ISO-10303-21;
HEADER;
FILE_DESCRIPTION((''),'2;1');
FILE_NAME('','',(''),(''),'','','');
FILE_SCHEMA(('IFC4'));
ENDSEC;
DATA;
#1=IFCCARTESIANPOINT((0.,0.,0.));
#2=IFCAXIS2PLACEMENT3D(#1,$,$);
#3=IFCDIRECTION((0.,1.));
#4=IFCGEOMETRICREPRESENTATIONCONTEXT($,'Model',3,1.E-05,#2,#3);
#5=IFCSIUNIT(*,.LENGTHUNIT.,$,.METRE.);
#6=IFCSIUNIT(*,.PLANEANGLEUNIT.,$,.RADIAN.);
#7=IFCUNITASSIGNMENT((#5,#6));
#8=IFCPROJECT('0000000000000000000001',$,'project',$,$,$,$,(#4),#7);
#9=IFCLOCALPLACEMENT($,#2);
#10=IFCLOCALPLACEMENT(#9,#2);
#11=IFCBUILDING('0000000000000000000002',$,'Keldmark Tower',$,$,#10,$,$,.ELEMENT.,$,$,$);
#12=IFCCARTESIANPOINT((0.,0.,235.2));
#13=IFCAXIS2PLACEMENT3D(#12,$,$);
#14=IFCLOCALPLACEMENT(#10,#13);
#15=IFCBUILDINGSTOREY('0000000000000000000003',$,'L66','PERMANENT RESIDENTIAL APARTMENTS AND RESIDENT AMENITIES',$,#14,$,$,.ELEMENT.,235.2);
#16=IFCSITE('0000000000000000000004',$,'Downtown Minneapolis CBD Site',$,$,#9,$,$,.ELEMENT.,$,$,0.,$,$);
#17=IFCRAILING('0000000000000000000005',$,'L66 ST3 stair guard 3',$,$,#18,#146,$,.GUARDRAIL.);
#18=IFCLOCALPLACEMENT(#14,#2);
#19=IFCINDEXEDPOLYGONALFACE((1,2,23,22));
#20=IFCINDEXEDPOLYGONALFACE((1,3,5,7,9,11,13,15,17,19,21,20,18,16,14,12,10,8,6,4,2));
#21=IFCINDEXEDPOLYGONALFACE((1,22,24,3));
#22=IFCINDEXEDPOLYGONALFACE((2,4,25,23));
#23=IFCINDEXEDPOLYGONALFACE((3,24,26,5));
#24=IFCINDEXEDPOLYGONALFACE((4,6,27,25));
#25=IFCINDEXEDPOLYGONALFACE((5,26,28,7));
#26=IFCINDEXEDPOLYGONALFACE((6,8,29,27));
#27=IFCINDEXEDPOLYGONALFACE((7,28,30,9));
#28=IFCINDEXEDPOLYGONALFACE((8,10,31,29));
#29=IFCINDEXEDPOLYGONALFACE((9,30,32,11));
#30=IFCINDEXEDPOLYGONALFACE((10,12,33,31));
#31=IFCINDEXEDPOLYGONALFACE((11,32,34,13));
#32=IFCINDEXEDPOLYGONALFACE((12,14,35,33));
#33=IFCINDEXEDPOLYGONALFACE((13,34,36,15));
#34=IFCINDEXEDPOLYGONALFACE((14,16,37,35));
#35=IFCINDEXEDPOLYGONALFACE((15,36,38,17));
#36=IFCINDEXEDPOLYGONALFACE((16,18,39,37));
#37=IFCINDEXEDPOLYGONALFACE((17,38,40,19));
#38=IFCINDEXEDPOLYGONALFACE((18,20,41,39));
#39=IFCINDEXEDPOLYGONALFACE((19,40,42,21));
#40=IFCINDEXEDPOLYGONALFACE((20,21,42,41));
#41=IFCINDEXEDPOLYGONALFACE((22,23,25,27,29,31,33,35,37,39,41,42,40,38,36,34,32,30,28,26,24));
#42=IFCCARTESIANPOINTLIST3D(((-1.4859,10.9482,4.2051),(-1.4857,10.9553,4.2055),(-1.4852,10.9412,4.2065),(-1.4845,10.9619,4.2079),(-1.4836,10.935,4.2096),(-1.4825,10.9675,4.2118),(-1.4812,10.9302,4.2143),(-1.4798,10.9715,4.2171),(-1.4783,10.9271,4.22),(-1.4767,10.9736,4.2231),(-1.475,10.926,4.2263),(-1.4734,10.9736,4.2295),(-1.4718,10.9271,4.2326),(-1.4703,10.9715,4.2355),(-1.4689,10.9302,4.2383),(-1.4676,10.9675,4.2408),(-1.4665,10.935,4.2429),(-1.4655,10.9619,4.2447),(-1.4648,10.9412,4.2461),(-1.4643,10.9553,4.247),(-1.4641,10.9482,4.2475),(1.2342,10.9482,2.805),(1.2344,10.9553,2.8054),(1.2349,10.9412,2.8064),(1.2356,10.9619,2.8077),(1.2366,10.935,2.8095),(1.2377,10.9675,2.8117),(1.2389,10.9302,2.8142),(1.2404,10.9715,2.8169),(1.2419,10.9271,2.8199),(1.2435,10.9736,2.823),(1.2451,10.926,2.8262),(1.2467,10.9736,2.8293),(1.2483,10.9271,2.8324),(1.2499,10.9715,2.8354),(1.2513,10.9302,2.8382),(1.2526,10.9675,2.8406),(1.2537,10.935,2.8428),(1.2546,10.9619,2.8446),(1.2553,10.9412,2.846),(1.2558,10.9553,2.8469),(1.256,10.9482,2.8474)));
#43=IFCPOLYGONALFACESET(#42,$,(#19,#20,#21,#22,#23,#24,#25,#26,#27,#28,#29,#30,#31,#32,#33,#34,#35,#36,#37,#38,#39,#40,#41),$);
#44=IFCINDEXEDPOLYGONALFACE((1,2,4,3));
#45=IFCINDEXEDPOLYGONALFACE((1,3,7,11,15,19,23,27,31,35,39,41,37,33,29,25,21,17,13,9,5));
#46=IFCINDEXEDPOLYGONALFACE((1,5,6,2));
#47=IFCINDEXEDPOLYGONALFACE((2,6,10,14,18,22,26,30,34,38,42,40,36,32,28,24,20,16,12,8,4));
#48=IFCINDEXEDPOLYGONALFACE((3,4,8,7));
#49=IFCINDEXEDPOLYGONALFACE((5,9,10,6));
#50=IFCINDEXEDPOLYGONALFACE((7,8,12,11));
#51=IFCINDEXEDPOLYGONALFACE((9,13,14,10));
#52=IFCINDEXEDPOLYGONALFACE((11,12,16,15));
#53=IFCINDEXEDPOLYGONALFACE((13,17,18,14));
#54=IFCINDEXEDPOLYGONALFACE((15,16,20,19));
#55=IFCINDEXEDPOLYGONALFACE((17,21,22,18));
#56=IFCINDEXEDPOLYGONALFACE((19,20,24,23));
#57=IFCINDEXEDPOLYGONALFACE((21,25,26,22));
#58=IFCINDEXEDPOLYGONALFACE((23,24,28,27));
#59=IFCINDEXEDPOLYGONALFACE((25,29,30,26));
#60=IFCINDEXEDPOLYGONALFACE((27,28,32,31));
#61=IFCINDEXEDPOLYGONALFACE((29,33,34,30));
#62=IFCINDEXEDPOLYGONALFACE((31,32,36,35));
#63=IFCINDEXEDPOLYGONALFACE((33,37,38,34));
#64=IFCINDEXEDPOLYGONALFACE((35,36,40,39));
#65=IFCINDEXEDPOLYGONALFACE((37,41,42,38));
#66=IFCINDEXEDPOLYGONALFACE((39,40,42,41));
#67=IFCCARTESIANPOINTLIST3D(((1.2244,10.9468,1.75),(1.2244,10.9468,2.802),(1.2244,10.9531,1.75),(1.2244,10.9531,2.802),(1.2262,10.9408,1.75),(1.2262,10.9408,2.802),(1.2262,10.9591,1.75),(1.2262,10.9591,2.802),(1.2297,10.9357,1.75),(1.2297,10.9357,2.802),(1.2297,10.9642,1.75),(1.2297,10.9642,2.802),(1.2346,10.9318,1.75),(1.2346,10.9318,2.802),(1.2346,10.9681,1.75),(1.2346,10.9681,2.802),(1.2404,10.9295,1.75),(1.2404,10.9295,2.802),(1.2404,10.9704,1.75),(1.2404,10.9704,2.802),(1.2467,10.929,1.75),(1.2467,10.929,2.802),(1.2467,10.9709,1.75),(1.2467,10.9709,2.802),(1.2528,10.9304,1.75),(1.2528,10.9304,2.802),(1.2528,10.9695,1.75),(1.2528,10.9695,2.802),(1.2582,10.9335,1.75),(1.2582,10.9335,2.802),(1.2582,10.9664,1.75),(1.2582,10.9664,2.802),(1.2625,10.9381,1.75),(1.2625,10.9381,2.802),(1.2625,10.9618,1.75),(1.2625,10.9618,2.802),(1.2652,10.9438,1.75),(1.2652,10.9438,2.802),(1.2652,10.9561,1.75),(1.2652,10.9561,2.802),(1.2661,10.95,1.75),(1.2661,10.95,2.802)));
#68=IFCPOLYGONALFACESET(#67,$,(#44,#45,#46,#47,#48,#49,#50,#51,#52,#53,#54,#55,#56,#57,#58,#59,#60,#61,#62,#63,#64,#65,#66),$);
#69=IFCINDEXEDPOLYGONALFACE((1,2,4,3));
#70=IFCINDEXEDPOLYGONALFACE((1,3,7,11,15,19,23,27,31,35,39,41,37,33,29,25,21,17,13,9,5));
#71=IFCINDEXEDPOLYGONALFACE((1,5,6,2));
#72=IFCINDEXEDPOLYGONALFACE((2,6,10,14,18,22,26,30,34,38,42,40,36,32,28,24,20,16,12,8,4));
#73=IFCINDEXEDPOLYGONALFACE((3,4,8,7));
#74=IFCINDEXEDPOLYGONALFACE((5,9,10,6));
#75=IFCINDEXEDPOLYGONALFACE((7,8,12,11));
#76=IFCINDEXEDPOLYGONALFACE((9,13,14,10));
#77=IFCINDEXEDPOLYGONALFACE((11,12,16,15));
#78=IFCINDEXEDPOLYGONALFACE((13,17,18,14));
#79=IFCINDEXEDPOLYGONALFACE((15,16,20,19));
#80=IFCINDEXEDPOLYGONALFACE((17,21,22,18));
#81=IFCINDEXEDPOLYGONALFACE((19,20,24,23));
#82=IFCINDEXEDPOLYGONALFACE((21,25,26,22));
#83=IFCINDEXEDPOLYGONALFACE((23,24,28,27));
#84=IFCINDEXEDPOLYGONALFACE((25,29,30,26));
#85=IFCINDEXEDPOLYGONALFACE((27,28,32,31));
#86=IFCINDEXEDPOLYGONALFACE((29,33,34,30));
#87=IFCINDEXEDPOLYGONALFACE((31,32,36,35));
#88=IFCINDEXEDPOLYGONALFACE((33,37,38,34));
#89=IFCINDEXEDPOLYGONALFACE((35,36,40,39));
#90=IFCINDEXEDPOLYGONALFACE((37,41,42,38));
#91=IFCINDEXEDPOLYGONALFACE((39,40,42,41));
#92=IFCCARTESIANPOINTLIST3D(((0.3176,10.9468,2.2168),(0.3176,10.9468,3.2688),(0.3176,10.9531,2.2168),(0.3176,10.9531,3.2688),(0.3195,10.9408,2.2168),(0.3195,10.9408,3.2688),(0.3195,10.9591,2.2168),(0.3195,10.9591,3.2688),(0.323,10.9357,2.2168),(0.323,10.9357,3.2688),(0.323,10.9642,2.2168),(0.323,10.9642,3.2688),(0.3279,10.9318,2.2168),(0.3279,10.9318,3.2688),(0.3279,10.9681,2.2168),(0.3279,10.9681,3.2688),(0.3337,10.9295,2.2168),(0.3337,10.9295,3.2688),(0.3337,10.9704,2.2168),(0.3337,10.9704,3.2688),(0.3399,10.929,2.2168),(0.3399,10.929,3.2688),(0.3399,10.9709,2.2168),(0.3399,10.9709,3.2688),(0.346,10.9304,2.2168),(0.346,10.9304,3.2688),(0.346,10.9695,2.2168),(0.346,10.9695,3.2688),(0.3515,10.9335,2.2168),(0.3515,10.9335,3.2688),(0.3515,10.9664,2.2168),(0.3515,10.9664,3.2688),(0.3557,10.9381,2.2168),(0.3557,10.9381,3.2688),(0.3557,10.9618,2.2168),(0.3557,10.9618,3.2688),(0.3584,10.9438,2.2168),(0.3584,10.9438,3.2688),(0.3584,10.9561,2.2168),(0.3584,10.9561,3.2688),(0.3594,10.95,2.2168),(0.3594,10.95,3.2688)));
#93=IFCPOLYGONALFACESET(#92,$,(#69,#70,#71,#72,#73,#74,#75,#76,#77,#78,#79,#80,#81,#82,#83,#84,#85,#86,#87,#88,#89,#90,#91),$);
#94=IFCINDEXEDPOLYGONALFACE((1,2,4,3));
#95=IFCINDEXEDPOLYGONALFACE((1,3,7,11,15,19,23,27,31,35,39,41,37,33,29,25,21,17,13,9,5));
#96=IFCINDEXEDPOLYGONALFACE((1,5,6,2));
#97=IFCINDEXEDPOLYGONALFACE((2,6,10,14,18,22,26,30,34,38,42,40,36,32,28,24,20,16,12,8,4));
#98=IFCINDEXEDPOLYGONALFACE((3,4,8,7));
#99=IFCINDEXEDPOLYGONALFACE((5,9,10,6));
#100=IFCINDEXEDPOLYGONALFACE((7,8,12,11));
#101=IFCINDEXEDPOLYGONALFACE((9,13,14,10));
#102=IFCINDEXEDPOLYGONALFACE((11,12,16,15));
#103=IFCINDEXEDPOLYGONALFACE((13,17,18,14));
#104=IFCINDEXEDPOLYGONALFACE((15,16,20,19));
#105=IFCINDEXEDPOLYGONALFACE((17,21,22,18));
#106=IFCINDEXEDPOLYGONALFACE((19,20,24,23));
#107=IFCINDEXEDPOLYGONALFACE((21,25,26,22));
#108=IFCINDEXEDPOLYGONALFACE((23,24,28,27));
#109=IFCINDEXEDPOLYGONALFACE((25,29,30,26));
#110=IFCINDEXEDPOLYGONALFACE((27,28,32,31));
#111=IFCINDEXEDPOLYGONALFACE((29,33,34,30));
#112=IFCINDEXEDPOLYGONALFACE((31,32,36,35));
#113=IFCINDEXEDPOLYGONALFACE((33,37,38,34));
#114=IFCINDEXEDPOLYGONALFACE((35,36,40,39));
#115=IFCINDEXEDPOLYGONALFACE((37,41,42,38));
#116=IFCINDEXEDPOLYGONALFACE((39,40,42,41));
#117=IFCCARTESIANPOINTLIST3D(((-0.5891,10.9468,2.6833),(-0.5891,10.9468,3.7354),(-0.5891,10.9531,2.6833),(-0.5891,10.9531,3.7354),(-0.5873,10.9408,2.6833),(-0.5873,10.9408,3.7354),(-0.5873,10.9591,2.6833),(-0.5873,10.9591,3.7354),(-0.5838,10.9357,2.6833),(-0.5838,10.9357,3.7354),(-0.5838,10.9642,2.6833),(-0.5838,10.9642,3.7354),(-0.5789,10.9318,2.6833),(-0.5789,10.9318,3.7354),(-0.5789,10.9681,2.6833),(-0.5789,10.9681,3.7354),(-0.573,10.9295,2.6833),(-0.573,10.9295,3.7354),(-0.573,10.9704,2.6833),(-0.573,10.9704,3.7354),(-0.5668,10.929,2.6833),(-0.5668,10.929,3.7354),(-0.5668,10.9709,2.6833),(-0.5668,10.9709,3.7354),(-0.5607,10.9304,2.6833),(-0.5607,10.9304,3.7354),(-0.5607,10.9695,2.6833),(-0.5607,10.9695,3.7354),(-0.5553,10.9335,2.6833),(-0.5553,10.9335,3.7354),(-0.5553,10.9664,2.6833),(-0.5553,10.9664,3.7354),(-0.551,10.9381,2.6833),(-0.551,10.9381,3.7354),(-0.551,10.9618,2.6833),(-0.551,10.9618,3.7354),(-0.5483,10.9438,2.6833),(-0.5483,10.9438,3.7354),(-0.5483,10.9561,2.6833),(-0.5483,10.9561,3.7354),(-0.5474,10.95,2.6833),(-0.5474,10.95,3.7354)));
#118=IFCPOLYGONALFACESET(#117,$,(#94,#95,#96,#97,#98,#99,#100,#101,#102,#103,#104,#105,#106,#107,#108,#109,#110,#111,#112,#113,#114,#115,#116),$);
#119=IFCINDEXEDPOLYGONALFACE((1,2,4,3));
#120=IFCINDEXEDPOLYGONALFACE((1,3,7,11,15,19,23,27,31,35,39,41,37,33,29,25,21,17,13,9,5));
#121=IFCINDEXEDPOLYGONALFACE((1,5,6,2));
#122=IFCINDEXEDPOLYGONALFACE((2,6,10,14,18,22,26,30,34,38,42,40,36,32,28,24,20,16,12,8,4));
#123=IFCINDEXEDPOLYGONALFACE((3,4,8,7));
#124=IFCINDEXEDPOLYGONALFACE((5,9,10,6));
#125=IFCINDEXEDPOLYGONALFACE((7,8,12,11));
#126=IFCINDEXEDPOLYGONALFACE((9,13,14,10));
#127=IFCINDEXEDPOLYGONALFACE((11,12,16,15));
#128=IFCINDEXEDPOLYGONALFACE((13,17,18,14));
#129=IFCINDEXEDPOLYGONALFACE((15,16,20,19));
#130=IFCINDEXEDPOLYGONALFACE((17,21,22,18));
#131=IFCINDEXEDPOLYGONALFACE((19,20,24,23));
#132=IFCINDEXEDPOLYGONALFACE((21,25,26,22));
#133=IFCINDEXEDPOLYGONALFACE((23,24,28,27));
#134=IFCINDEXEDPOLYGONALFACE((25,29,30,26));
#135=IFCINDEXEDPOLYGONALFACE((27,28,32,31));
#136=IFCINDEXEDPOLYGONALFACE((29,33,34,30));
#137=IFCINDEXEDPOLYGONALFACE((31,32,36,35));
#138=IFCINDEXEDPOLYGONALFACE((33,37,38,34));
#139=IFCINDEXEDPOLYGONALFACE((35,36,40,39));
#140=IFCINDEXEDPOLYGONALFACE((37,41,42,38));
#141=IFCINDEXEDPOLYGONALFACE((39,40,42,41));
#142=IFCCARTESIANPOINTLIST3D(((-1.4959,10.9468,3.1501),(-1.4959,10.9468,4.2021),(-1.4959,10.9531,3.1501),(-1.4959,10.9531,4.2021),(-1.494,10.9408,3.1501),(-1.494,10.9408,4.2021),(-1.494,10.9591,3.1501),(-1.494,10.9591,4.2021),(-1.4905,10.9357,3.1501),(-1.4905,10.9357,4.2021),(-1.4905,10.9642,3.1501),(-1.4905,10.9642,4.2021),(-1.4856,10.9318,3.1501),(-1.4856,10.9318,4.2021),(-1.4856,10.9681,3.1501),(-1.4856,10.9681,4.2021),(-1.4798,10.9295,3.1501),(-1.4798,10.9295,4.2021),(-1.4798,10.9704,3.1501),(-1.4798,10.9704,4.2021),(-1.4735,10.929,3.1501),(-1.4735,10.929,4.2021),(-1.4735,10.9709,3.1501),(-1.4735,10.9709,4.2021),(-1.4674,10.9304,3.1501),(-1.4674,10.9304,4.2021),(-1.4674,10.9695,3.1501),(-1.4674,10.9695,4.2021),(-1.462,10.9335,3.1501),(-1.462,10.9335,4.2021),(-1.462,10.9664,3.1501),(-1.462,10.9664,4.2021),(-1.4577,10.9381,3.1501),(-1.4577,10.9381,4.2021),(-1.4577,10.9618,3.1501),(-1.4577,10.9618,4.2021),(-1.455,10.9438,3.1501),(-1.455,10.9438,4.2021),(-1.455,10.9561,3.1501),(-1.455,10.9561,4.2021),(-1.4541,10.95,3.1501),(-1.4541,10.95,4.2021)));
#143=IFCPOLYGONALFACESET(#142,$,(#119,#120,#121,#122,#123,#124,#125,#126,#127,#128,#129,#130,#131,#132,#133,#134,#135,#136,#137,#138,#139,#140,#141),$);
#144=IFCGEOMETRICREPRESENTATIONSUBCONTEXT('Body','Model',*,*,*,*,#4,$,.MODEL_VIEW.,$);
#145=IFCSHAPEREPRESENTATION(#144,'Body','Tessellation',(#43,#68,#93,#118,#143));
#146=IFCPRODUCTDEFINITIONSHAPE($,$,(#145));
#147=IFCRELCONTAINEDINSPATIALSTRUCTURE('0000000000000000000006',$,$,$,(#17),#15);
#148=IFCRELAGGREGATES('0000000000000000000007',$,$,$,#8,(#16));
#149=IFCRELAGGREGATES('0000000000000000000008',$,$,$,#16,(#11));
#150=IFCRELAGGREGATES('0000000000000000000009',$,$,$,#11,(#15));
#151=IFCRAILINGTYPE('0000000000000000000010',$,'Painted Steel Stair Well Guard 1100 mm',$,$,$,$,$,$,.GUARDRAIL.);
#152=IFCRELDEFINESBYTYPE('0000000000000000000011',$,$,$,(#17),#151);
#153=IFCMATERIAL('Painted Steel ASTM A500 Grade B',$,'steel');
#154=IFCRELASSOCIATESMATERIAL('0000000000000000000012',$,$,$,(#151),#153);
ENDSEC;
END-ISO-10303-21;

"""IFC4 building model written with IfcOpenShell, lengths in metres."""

from ifc_helpers import new_model, si_unit, direction, frame, origin, origin_2d, place, context, subcontext, project, spatial, circle, extrude, material, type_object, element, save


model = new_model("IFC4")

# Units and contexts
model_context = context("Model", 3, precision=1e-05, world=origin(), true_north=direction((0.0, 1.0)))
body_context = subcontext(model_context, "Body", "Model", "MODEL_VIEW")
ifc_project = project(units=[si_unit("LENGTHUNIT", "METRE"), si_unit("PLANEANGLEUNIT", "RADIAN")], contexts=[model_context])

# Site, building, storey
site_placement = place(None, origin())
site = spatial("IfcSite", under=ifc_project, at=site_placement, Name="Downtown Minneapolis CBD Site", CompositionType="ELEMENT", RefElevation=0.0)
building_placement = place(site_placement, origin())
building = spatial("IfcBuilding", under=site, at=building_placement, Name="Keldmark Tower", CompositionType="ELEMENT")
storey_placement = place(building_placement, frame((0.0, 0.0, 235.2)))
storey = spatial("IfcBuildingStorey", under=building, at=storey_placement, Name="L66", Description="PERMANENT RESIDENTIAL APARTMENTS AND RESIDENT AMENITIES", CompositionType="ELEMENT", Elevation=235.2)

# Railing
ifc_material_1 = material(Name="Painted Steel ASTM A500 Grade B", Category="steel")
railing_type_1 = type_object("IfcRailingType", Name="Painted Steel Stair Well Guard 1100 mm", PredefinedType="GUARDRAIL", material=ifc_material_1)
railing_1_placement = place(storey_placement, frame((1.2451, 10.95, 1.75)))
element("IfcRailing", 1, at=railing_1_placement, inside=storey, type_object=railing_type_1, Name="L66 ST3 stair guard 3", PredefinedType="GUARDRAIL", context=body_context, shape_type="SweptSolid", body=[
    extrude(circle(Radius=0.0239, at=origin_2d()), frame((0.0, 0.0, 1.0762), z_axis=(-0.889131, 0.0, 0.457653), x_axis=(0.0, -1.0, 0.0)), (0.0, 0.0, 1.0), 3.0593),
    extrude(circle(Radius=0.021, at=origin_2d()), origin(), (0.0, 0.0, 1.0), 1.052),
    extrude(circle(Radius=0.021, at=origin_2d()), frame((-0.9067, 0.0, 0.4668)), (0.0, 0.0, 1.0), 1.052),
    extrude(circle(Radius=0.021, at=origin_2d()), frame((-1.8135, 0.0, 0.9333)), (0.0, 0.0, 1.0), 1.052),
    extrude(circle(Radius=0.021, at=origin_2d()), frame((-2.7202, 0.0, 1.4001)), (0.0, 0.0, 1.0), 1.052),
])

save(model, "model.ifc")
